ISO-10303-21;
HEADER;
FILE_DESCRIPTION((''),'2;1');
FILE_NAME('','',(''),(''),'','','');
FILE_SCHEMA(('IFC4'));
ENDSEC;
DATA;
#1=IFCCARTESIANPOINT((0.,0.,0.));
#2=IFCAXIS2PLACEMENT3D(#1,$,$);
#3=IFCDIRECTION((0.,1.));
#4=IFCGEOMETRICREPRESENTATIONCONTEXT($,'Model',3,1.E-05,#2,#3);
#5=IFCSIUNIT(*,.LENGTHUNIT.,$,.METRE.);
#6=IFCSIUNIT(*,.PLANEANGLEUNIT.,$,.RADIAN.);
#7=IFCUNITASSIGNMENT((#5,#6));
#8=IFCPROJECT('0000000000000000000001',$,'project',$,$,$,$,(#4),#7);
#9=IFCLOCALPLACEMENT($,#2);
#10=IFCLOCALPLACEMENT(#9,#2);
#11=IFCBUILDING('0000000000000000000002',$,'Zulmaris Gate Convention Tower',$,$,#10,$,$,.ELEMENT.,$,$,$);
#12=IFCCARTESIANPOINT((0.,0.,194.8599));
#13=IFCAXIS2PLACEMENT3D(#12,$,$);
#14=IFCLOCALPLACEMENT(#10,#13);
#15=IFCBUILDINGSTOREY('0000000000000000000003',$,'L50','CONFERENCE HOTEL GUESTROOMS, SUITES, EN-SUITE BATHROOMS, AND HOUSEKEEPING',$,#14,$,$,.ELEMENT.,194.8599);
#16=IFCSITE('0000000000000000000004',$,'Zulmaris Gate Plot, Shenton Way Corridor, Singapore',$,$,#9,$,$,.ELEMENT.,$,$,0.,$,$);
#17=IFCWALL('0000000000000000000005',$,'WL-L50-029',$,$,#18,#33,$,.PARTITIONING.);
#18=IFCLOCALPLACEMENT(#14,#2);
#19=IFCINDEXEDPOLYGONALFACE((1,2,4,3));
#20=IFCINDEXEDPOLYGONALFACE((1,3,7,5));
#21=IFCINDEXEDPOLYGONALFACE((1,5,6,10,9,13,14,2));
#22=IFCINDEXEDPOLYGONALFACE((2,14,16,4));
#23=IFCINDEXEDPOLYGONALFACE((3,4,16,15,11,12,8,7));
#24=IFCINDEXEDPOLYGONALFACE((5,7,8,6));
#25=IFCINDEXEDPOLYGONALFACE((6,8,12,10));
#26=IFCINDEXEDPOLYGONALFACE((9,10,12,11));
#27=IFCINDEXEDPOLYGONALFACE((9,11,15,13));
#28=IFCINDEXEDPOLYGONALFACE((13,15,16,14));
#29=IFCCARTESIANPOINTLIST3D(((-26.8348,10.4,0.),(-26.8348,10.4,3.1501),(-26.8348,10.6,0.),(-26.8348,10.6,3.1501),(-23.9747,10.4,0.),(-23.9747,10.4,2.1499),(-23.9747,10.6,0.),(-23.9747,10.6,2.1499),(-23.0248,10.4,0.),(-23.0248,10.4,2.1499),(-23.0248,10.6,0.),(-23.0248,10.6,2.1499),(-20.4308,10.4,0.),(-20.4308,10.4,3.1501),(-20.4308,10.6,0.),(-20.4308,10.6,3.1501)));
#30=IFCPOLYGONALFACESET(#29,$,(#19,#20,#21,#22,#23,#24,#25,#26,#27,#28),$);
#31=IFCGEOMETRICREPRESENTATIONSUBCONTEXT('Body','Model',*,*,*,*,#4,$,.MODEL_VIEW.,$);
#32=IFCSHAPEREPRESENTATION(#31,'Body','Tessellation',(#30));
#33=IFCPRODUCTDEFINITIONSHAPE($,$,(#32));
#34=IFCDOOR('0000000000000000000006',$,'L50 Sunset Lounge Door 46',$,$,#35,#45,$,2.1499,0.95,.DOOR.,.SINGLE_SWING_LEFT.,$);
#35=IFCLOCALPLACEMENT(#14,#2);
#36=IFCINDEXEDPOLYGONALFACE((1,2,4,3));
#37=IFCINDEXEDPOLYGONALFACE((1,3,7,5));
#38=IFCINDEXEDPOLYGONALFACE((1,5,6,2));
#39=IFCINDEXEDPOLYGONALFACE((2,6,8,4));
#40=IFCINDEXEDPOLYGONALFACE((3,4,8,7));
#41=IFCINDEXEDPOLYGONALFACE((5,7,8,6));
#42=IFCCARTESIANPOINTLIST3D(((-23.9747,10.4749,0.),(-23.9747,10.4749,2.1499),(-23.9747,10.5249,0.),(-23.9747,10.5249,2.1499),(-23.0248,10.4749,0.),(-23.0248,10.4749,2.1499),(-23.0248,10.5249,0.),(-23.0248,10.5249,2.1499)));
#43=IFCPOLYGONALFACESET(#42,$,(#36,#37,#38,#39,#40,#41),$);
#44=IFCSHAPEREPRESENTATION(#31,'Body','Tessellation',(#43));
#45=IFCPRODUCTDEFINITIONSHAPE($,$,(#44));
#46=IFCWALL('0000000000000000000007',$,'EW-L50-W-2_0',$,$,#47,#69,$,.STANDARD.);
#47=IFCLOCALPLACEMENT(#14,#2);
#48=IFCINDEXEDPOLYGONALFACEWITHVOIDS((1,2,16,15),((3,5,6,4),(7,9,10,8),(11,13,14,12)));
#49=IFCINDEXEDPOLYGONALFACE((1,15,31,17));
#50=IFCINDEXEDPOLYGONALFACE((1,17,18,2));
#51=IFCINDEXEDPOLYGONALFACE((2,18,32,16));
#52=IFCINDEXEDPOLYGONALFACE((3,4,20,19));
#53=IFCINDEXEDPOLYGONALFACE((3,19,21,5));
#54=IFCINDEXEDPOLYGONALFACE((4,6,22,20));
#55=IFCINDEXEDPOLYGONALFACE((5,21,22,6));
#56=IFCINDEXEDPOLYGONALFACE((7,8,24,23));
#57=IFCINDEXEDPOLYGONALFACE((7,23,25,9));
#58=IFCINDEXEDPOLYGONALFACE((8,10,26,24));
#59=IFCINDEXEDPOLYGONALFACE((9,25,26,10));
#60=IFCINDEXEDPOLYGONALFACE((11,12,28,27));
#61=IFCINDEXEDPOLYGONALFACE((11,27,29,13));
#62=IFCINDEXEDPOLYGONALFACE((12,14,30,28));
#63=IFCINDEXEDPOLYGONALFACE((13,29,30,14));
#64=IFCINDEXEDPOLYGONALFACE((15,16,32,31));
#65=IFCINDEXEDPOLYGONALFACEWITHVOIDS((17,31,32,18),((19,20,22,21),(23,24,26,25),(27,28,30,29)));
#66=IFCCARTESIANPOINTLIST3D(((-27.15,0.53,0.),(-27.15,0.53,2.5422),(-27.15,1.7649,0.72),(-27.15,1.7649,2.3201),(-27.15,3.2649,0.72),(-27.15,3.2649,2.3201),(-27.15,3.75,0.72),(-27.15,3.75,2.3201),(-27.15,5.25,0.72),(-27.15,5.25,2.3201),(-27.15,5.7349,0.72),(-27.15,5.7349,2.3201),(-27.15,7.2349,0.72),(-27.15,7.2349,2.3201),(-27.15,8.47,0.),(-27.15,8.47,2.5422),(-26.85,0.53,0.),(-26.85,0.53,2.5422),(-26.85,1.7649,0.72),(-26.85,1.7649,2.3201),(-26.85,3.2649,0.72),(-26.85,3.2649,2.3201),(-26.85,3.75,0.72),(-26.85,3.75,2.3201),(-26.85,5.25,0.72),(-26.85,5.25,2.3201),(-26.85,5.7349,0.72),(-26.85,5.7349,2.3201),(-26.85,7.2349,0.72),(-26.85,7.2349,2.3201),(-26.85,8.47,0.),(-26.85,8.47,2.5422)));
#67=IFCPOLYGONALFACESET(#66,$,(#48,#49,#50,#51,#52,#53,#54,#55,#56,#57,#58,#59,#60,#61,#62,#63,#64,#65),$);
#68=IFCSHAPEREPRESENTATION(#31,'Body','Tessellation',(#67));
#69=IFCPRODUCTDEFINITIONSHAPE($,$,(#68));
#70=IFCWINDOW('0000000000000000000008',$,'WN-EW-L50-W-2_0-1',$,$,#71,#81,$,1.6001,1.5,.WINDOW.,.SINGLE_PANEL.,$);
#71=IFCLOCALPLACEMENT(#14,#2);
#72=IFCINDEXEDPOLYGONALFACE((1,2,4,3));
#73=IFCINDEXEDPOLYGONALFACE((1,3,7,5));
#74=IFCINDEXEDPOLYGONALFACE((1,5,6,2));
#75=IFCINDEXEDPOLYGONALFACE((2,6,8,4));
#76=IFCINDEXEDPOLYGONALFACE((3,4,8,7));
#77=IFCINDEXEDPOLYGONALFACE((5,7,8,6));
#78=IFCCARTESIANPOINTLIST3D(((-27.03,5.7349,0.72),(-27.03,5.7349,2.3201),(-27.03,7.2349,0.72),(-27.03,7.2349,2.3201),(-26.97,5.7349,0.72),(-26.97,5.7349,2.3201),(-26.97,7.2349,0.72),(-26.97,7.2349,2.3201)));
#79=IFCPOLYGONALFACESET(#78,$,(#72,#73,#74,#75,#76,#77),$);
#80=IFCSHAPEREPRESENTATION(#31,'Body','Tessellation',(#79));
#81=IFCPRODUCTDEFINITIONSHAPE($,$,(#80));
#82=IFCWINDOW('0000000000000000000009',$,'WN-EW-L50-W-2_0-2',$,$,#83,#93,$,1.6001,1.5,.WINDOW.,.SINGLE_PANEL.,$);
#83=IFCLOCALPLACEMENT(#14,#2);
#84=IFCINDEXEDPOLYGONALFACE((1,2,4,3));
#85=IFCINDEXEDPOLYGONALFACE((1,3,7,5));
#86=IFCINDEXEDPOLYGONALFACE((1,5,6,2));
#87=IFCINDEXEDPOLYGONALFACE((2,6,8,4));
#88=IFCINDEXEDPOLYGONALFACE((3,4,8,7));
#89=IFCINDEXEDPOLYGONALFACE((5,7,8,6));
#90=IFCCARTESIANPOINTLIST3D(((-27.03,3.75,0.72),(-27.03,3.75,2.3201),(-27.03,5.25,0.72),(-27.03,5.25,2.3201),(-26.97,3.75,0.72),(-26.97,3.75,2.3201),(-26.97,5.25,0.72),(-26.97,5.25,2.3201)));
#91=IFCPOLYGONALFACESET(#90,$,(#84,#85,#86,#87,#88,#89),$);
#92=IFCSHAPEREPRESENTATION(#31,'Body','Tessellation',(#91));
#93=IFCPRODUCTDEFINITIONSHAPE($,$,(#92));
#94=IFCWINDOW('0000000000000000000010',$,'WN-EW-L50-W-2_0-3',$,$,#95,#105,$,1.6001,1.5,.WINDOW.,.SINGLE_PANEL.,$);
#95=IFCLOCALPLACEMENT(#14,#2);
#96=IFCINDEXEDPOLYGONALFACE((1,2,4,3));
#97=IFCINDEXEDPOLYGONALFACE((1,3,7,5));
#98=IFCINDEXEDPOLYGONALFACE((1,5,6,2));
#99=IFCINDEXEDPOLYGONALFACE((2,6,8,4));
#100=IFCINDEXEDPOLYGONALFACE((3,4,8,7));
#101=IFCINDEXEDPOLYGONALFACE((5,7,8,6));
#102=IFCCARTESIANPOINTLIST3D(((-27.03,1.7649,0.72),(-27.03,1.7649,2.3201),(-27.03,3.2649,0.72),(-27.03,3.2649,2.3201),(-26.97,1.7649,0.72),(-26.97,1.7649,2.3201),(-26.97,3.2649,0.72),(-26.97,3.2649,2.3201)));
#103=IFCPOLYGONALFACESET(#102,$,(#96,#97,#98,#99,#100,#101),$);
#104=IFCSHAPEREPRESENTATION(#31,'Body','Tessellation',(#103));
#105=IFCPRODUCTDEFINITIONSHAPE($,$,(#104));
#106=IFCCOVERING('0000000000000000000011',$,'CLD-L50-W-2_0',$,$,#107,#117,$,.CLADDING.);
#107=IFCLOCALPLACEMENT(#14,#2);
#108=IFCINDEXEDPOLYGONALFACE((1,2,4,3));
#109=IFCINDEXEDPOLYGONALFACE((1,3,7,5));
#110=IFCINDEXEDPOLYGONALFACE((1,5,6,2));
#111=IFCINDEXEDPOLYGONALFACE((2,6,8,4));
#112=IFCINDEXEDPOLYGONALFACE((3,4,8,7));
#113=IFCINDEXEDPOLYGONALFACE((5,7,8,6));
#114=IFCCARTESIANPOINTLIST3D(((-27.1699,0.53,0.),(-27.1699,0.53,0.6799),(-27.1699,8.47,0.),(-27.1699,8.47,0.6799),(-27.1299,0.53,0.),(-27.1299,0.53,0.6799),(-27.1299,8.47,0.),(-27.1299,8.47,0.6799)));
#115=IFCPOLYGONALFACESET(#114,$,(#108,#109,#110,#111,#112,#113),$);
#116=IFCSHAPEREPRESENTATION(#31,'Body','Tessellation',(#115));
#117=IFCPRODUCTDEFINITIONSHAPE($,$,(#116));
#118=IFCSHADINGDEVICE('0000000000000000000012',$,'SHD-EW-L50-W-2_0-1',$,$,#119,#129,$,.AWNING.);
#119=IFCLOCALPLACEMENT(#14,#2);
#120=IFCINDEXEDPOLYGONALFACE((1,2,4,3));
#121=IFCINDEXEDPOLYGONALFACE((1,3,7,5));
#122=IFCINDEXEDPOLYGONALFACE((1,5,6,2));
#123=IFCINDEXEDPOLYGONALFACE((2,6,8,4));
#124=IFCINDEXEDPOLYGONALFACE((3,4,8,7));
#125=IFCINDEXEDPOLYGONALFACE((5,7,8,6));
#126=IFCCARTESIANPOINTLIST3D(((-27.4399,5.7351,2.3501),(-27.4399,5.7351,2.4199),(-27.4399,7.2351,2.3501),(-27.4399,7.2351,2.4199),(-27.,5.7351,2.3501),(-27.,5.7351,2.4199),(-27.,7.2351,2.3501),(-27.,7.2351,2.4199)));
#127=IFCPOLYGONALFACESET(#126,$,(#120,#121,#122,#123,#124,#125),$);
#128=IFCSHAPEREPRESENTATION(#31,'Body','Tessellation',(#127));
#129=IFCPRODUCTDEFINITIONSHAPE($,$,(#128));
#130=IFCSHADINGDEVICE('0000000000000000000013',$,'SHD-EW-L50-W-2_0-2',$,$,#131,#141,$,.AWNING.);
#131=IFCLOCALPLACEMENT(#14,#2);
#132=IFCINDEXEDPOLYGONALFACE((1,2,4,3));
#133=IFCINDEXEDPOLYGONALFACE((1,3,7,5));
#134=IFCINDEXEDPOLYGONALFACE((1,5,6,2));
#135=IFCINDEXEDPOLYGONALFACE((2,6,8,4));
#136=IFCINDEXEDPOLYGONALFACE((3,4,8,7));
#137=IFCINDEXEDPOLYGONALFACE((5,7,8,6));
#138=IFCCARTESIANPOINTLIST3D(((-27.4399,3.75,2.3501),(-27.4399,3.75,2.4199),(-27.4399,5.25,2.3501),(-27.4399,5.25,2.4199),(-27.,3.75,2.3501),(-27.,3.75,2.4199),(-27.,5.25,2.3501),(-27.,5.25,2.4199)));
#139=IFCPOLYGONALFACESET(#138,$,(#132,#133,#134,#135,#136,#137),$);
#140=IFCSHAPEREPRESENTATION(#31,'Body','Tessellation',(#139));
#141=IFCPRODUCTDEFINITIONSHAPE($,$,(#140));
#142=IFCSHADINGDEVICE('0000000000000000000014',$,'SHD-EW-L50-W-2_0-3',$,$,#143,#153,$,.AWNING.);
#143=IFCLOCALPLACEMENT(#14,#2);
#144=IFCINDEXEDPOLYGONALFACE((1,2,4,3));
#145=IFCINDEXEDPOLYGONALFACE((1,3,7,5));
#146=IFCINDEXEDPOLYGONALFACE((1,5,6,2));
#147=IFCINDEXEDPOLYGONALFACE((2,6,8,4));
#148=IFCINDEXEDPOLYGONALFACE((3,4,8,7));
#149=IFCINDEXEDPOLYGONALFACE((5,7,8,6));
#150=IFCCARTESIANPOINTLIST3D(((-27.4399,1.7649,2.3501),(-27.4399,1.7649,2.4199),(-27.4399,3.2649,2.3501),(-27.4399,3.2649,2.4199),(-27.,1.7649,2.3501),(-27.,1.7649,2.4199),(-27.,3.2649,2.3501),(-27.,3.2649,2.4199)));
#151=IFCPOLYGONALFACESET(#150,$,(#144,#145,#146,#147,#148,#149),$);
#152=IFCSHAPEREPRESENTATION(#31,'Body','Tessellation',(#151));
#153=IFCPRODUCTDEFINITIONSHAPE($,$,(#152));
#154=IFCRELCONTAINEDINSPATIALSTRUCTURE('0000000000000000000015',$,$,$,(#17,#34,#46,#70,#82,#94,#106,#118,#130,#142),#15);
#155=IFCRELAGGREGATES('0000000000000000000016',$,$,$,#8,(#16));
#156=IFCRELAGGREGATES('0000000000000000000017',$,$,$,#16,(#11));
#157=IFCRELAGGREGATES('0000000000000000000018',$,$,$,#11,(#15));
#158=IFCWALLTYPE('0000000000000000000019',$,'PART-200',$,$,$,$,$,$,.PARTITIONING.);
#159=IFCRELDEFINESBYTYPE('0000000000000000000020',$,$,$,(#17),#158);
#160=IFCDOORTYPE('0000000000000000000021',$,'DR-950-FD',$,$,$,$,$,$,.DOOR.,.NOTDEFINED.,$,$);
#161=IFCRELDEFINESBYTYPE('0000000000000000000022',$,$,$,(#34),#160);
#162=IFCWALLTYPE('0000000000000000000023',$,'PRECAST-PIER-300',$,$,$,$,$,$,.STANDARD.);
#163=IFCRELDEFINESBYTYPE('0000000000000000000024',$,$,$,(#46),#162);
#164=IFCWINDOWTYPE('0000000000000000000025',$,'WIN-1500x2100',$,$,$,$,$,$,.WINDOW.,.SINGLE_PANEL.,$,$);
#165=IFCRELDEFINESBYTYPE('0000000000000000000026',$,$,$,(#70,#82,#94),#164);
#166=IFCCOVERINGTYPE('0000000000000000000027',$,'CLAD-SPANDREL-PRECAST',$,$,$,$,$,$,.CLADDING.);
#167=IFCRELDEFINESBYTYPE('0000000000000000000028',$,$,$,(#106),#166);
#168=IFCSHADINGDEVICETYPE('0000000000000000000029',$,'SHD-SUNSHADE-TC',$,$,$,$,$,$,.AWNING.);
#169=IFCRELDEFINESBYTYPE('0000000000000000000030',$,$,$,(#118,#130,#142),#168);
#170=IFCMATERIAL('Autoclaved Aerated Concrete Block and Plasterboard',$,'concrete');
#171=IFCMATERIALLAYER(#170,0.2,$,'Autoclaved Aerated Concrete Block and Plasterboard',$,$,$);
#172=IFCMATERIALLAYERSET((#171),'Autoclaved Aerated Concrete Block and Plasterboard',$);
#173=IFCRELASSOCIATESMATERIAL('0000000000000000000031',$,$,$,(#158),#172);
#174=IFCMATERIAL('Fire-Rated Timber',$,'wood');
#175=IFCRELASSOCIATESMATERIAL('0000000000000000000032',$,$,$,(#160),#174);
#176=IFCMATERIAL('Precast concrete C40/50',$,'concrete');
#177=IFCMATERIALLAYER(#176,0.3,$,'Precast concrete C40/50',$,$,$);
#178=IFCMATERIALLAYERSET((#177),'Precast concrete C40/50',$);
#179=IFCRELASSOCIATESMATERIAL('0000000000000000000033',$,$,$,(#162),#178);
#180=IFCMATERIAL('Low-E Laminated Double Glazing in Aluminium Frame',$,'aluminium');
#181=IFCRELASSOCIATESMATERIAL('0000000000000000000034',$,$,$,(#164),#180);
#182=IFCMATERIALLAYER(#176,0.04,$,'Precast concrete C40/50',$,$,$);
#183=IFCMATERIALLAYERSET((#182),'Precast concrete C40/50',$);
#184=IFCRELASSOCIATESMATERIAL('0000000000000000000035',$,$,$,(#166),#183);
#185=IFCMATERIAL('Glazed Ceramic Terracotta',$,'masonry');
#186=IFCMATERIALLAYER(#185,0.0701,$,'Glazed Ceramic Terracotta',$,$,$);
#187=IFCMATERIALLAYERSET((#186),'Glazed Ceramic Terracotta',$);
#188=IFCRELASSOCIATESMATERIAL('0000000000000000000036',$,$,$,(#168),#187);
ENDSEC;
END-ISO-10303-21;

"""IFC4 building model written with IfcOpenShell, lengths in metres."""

from ifc_helpers import new_model, si_unit, direction, frame, frame_2d, origin, place, context, subcontext, project, spatial, rectangle, extrude, material, layer, layer_set, type_object, element, fill, save


model = new_model("IFC4")

# Units and contexts
model_context = context("Model", 3, precision=1e-05, world=origin(), true_north=direction((0.0, 1.0)))
body_context = subcontext(model_context, "Body", "Model", "MODEL_VIEW")
ifc_project = project(units=[si_unit("LENGTHUNIT", "METRE"), si_unit("PLANEANGLEUNIT", "RADIAN")], contexts=[model_context])

# Site, building, storey
site_placement = place(None, origin())
site = spatial("IfcSite", under=ifc_project, at=site_placement, Name="Zulmaris Gate Plot, Shenton Way Corridor, Singapore", CompositionType="ELEMENT", RefElevation=0.0)
building_placement = place(site_placement, origin())
building = spatial("IfcBuilding", under=site, at=building_placement, Name="Zulmaris Gate Convention Tower", CompositionType="ELEMENT")
storey_placement = place(building_placement, frame((0.0, 0.0, 194.8599)))
storey = spatial("IfcBuildingStorey", under=building, at=storey_placement, Name="L50", Description="CONFERENCE HOTEL GUESTROOMS, SUITES, EN-SUITE BATHROOMS, AND HOUSEKEEPING", CompositionType="ELEMENT", Elevation=194.8599)

# Wall, opening, door
ifc_material_1 = material(Name="Autoclaved Aerated Concrete Block and Plasterboard", Category="concrete")
ifc_layer_1 = layer(ifc_material_1, 0.2, Name="Autoclaved Aerated Concrete Block and Plasterboard")
ifc_layer_set_1 = layer_set([ifc_layer_1], Name="Autoclaved Aerated Concrete Block and Plasterboard")
wall_type_1 = type_object("IfcWallType", Name="PART-200", PredefinedType="PARTITIONING", material=ifc_layer_set_1)
wall_1_placement = place(storey_placement, frame((-26.835, 10.5, 0.0), z_axis=(0.0, 0.0, 1.0), x_axis=(1.0, 0.0, 0.0)))
wall_1 = element("IfcWall", 1, at=wall_1_placement, inside=storey, type_object=wall_type_1, Name="WL-L50-029", PredefinedType="PARTITIONING", context=body_context, shape_type="SweptSolid", body=[
    extrude(rectangle(XDim=6.4041, YDim=0.2, at=frame_2d((3.2021, 0.0))), origin(), (0.0, 0.0, 1.0), 3.1501),
])
opening_1_placement = place(wall_1_placement, frame((2.8601, 0.0, 0.0)))
opening_1 = element("IfcOpeningElement", 2, at=opening_1_placement, cuts=wall_1, PredefinedType="OPENING", context=body_context, shape_type="SweptSolid", body=[
    extrude(rectangle(XDim=0.95, YDim=2.1499, at=frame_2d((0.4751, 1.075))), frame((0.0, 0.1099, 0.0), z_axis=(0.0, -1.0, 0.0), x_axis=(1.0, 0.0, 0.0)), (0.0, 0.0, 1.0), 0.22),
])
ifc_material_2 = material(Name="Fire-Rated Timber", Category="wood")
door_type_1 = type_object("IfcDoorType", Name="DR-950-FD", OperationType="NOTDEFINED", PredefinedType="DOOR", material=ifc_material_2)
door_1_placement = place(opening_1_placement, origin())
door_1 = element("IfcDoor", 3, at=door_1_placement, inside=storey, type_object=door_type_1, Name="L50 Sunset Lounge Door 46", OperationType="SINGLE_SWING_LEFT", OverallHeight=2.1499, OverallWidth=0.95, PredefinedType="DOOR", context=body_context, shape_type="SweptSolid", body=[
    extrude(rectangle(XDim=0.95, YDim=2.1499, at=frame_2d((0.4751, 1.075))), frame((0.0, 0.0249, 0.0), z_axis=(0.0, -1.0, 0.0), x_axis=(1.0, 0.0, 0.0)), (0.0, 0.0, 1.0), 0.05),
])
fill(opening_1, door_1)

# Wall, openings, windows
ifc_material_3 = material(Name="Precast concrete C40/50", Category="concrete")
ifc_layer_2 = layer(ifc_material_3, 0.3, Name="Precast concrete C40/50")
ifc_layer_set_2 = layer_set([ifc_layer_2], Name="Precast concrete C40/50")
wall_type_2 = type_object("IfcWallType", Name="PRECAST-PIER-300", PredefinedType="STANDARD", material=ifc_layer_set_2)
wall_2_placement = place(storey_placement, frame((-27.0, 8.47, 0.0), z_axis=(0.0, 0.0, 1.0), x_axis=(0.0, -1.0, 0.0)))
wall_2 = element("IfcWall", 4, at=wall_2_placement, inside=storey, type_object=wall_type_2, Name="EW-L50-W-2_0", PredefinedType="STANDARD", context=body_context, shape_type="SweptSolid", body=[
    extrude(rectangle(XDim=7.9399, YDim=0.3, at=frame_2d((3.97, 0.0))), origin(), (0.0, 0.0, 1.0), 2.5422),
])
opening_2_placement = place(wall_2_placement, frame((1.2351, 0.0, 0.72)))
opening_2 = element("IfcOpeningElement", 5, at=opening_2_placement, cuts=wall_2, PredefinedType="OPENING", context=body_context, shape_type="SweptSolid", body=[
    extrude(rectangle(XDim=1.5, YDim=1.6001, at=frame_2d((0.75, 0.8))), frame((0.0, 0.1602, 0.0), z_axis=(0.0, -1.0, 0.0), x_axis=(1.0, 0.0, 0.0)), (0.0, 0.0, 1.0), 0.3201),
])
opening_3_placement = place(wall_2_placement, frame((3.22, 0.0, 0.72)))
opening_3 = element("IfcOpeningElement", 6, at=opening_3_placement, cuts=wall_2, PredefinedType="OPENING", context=body_context, shape_type="SweptSolid", body=[
    extrude(rectangle(XDim=1.5, YDim=1.6001, at=frame_2d((0.75, 0.8))), frame((0.0, 0.1602, 0.0), z_axis=(0.0, -1.0, 0.0), x_axis=(1.0, 0.0, 0.0)), (0.0, 0.0, 1.0), 0.3201),
])
opening_4_placement = place(wall_2_placement, frame((5.2051, 0.0, 0.72)))
opening_4 = element("IfcOpeningElement", 7, at=opening_4_placement, cuts=wall_2, PredefinedType="OPENING", context=body_context, shape_type="SweptSolid", body=[
    extrude(rectangle(XDim=1.5, YDim=1.6001, at=frame_2d((0.75, 0.8))), frame((0.0, 0.1602, 0.0), z_axis=(0.0, -1.0, 0.0), x_axis=(1.0, 0.0, 0.0)), (0.0, 0.0, 1.0), 0.3201),
])
ifc_material_4 = material(Name="Low-E Laminated Double Glazing in Aluminium Frame", Category="aluminium")
window_type = type_object("IfcWindowType", Name="WIN-1500x2100", PartitioningType="SINGLE_PANEL", PredefinedType="WINDOW", material=ifc_material_4)
window_1_placement = place(opening_2_placement, origin())
window_1 = element("IfcWindow", 8, at=window_1_placement, inside=storey, type_object=window_type, Name="WN-EW-L50-W-2_0-1", OverallHeight=1.6001, OverallWidth=1.5, PartitioningType="SINGLE_PANEL", PredefinedType="WINDOW", context=body_context, shape_type="SweptSolid", body=[
    extrude(rectangle(XDim=1.5, YDim=1.6001, at=frame_2d((0.75, 0.8))), frame((0.0, 0.03, 0.0), z_axis=(0.0, -1.0, 0.0), x_axis=(1.0, 0.0, 0.0)), (0.0, 0.0, 1.0), 0.0601),
])
fill(opening_2, window_1)
window_2_placement = place(opening_3_placement, origin())
window_2 = element("IfcWindow", 9, at=window_2_placement, inside=storey, type_object=window_type, Name="WN-EW-L50-W-2_0-2", OverallHeight=1.6001, OverallWidth=1.5, PartitioningType="SINGLE_PANEL", PredefinedType="WINDOW", context=body_context, shape_type="SweptSolid", body=[
    extrude(rectangle(XDim=1.5, YDim=1.6001, at=frame_2d((0.75, 0.8))), frame((0.0, 0.03, 0.0), z_axis=(0.0, -1.0, 0.0), x_axis=(1.0, 0.0, 0.0)), (0.0, 0.0, 1.0), 0.0601),
])
fill(opening_3, window_2)
window_3_placement = place(opening_4_placement, origin())
window_3 = element("IfcWindow", 10, at=window_3_placement, inside=storey, type_object=window_type, Name="WN-EW-L50-W-2_0-3", OverallHeight=1.6001, OverallWidth=1.5, PartitioningType="SINGLE_PANEL", PredefinedType="WINDOW", context=body_context, shape_type="SweptSolid", body=[
    extrude(rectangle(XDim=1.5, YDim=1.6001, at=frame_2d((0.75, 0.8))), frame((0.0, 0.03, 0.0), z_axis=(0.0, -1.0, 0.0), x_axis=(1.0, 0.0, 0.0)), (0.0, 0.0, 1.0), 0.0601),
])
fill(opening_4, window_3)

# Covering
ifc_layer_3 = layer(ifc_material_3, 0.04, Name="Precast concrete C40/50")
ifc_layer_set_3 = layer_set([ifc_layer_3], Name="Precast concrete C40/50")
covering_type = type_object("IfcCoveringType", Name="CLAD-SPANDREL-PRECAST", PredefinedType="CLADDING", material=ifc_layer_set_3)
covering_placement = place(storey_placement, frame((-27.1499, 8.47, 0.0), z_axis=(0.0, 0.0, 1.0), x_axis=(0.0, -1.0, 0.0)))
element("IfcCovering", 11, at=covering_placement, inside=storey, type_object=covering_type, Name="CLD-L50-W-2_0", PredefinedType="CLADDING", context=body_context, shape_type="SweptSolid", body=[
    extrude(rectangle(XDim=7.9399, YDim=0.04, at=frame_2d((3.97, 0.0))), origin(), (0.0, 0.0, 1.0), 0.6799),
])

# Shading devices
ifc_material_5 = material(Name="Glazed Ceramic Terracotta", Category="masonry")
ifc_layer_4 = layer(ifc_material_5, 0.0701, Name="Glazed Ceramic Terracotta")
ifc_layer_set_4 = layer_set([ifc_layer_4], Name="Glazed Ceramic Terracotta")
shading_device_type = type_object("IfcShadingDeviceType", Name="SHD-SUNSHADE-TC", PredefinedType="AWNING", material=ifc_layer_set_4)
for number, where, z_axis, x_axis, name in (
    (12, (-27.22, 7.2351, 2.3501), (0.0, 0.0, 1.0), (0.0, -1.0, 0.0), "SHD-EW-L50-W-2_0-1"),
    (13, (-27.22, 5.25, 2.3501), (0.0, 0.0, 1.0), (0.0, -1.0, 0.0), "SHD-EW-L50-W-2_0-2"),
    (14, (-27.22, 3.2649, 2.3501), (0.0, 0.0, 1.0), (0.0, -1.0, 0.0), "SHD-EW-L50-W-2_0-3"),
):
    element("IfcShadingDevice", number, at=place(storey_placement, frame(where, z_axis=z_axis, x_axis=x_axis)), inside=storey, type_object=shading_device_type, Name=name, PredefinedType="AWNING", context=body_context, shape_type="SweptSolid", body=[
        extrude(rectangle(XDim=1.5, YDim=0.4399, at=frame_2d((0.75, 0.0))), origin(), (0.0, 0.0, 1.0), 0.0698),
    ])

save(model, "model.ifc")
